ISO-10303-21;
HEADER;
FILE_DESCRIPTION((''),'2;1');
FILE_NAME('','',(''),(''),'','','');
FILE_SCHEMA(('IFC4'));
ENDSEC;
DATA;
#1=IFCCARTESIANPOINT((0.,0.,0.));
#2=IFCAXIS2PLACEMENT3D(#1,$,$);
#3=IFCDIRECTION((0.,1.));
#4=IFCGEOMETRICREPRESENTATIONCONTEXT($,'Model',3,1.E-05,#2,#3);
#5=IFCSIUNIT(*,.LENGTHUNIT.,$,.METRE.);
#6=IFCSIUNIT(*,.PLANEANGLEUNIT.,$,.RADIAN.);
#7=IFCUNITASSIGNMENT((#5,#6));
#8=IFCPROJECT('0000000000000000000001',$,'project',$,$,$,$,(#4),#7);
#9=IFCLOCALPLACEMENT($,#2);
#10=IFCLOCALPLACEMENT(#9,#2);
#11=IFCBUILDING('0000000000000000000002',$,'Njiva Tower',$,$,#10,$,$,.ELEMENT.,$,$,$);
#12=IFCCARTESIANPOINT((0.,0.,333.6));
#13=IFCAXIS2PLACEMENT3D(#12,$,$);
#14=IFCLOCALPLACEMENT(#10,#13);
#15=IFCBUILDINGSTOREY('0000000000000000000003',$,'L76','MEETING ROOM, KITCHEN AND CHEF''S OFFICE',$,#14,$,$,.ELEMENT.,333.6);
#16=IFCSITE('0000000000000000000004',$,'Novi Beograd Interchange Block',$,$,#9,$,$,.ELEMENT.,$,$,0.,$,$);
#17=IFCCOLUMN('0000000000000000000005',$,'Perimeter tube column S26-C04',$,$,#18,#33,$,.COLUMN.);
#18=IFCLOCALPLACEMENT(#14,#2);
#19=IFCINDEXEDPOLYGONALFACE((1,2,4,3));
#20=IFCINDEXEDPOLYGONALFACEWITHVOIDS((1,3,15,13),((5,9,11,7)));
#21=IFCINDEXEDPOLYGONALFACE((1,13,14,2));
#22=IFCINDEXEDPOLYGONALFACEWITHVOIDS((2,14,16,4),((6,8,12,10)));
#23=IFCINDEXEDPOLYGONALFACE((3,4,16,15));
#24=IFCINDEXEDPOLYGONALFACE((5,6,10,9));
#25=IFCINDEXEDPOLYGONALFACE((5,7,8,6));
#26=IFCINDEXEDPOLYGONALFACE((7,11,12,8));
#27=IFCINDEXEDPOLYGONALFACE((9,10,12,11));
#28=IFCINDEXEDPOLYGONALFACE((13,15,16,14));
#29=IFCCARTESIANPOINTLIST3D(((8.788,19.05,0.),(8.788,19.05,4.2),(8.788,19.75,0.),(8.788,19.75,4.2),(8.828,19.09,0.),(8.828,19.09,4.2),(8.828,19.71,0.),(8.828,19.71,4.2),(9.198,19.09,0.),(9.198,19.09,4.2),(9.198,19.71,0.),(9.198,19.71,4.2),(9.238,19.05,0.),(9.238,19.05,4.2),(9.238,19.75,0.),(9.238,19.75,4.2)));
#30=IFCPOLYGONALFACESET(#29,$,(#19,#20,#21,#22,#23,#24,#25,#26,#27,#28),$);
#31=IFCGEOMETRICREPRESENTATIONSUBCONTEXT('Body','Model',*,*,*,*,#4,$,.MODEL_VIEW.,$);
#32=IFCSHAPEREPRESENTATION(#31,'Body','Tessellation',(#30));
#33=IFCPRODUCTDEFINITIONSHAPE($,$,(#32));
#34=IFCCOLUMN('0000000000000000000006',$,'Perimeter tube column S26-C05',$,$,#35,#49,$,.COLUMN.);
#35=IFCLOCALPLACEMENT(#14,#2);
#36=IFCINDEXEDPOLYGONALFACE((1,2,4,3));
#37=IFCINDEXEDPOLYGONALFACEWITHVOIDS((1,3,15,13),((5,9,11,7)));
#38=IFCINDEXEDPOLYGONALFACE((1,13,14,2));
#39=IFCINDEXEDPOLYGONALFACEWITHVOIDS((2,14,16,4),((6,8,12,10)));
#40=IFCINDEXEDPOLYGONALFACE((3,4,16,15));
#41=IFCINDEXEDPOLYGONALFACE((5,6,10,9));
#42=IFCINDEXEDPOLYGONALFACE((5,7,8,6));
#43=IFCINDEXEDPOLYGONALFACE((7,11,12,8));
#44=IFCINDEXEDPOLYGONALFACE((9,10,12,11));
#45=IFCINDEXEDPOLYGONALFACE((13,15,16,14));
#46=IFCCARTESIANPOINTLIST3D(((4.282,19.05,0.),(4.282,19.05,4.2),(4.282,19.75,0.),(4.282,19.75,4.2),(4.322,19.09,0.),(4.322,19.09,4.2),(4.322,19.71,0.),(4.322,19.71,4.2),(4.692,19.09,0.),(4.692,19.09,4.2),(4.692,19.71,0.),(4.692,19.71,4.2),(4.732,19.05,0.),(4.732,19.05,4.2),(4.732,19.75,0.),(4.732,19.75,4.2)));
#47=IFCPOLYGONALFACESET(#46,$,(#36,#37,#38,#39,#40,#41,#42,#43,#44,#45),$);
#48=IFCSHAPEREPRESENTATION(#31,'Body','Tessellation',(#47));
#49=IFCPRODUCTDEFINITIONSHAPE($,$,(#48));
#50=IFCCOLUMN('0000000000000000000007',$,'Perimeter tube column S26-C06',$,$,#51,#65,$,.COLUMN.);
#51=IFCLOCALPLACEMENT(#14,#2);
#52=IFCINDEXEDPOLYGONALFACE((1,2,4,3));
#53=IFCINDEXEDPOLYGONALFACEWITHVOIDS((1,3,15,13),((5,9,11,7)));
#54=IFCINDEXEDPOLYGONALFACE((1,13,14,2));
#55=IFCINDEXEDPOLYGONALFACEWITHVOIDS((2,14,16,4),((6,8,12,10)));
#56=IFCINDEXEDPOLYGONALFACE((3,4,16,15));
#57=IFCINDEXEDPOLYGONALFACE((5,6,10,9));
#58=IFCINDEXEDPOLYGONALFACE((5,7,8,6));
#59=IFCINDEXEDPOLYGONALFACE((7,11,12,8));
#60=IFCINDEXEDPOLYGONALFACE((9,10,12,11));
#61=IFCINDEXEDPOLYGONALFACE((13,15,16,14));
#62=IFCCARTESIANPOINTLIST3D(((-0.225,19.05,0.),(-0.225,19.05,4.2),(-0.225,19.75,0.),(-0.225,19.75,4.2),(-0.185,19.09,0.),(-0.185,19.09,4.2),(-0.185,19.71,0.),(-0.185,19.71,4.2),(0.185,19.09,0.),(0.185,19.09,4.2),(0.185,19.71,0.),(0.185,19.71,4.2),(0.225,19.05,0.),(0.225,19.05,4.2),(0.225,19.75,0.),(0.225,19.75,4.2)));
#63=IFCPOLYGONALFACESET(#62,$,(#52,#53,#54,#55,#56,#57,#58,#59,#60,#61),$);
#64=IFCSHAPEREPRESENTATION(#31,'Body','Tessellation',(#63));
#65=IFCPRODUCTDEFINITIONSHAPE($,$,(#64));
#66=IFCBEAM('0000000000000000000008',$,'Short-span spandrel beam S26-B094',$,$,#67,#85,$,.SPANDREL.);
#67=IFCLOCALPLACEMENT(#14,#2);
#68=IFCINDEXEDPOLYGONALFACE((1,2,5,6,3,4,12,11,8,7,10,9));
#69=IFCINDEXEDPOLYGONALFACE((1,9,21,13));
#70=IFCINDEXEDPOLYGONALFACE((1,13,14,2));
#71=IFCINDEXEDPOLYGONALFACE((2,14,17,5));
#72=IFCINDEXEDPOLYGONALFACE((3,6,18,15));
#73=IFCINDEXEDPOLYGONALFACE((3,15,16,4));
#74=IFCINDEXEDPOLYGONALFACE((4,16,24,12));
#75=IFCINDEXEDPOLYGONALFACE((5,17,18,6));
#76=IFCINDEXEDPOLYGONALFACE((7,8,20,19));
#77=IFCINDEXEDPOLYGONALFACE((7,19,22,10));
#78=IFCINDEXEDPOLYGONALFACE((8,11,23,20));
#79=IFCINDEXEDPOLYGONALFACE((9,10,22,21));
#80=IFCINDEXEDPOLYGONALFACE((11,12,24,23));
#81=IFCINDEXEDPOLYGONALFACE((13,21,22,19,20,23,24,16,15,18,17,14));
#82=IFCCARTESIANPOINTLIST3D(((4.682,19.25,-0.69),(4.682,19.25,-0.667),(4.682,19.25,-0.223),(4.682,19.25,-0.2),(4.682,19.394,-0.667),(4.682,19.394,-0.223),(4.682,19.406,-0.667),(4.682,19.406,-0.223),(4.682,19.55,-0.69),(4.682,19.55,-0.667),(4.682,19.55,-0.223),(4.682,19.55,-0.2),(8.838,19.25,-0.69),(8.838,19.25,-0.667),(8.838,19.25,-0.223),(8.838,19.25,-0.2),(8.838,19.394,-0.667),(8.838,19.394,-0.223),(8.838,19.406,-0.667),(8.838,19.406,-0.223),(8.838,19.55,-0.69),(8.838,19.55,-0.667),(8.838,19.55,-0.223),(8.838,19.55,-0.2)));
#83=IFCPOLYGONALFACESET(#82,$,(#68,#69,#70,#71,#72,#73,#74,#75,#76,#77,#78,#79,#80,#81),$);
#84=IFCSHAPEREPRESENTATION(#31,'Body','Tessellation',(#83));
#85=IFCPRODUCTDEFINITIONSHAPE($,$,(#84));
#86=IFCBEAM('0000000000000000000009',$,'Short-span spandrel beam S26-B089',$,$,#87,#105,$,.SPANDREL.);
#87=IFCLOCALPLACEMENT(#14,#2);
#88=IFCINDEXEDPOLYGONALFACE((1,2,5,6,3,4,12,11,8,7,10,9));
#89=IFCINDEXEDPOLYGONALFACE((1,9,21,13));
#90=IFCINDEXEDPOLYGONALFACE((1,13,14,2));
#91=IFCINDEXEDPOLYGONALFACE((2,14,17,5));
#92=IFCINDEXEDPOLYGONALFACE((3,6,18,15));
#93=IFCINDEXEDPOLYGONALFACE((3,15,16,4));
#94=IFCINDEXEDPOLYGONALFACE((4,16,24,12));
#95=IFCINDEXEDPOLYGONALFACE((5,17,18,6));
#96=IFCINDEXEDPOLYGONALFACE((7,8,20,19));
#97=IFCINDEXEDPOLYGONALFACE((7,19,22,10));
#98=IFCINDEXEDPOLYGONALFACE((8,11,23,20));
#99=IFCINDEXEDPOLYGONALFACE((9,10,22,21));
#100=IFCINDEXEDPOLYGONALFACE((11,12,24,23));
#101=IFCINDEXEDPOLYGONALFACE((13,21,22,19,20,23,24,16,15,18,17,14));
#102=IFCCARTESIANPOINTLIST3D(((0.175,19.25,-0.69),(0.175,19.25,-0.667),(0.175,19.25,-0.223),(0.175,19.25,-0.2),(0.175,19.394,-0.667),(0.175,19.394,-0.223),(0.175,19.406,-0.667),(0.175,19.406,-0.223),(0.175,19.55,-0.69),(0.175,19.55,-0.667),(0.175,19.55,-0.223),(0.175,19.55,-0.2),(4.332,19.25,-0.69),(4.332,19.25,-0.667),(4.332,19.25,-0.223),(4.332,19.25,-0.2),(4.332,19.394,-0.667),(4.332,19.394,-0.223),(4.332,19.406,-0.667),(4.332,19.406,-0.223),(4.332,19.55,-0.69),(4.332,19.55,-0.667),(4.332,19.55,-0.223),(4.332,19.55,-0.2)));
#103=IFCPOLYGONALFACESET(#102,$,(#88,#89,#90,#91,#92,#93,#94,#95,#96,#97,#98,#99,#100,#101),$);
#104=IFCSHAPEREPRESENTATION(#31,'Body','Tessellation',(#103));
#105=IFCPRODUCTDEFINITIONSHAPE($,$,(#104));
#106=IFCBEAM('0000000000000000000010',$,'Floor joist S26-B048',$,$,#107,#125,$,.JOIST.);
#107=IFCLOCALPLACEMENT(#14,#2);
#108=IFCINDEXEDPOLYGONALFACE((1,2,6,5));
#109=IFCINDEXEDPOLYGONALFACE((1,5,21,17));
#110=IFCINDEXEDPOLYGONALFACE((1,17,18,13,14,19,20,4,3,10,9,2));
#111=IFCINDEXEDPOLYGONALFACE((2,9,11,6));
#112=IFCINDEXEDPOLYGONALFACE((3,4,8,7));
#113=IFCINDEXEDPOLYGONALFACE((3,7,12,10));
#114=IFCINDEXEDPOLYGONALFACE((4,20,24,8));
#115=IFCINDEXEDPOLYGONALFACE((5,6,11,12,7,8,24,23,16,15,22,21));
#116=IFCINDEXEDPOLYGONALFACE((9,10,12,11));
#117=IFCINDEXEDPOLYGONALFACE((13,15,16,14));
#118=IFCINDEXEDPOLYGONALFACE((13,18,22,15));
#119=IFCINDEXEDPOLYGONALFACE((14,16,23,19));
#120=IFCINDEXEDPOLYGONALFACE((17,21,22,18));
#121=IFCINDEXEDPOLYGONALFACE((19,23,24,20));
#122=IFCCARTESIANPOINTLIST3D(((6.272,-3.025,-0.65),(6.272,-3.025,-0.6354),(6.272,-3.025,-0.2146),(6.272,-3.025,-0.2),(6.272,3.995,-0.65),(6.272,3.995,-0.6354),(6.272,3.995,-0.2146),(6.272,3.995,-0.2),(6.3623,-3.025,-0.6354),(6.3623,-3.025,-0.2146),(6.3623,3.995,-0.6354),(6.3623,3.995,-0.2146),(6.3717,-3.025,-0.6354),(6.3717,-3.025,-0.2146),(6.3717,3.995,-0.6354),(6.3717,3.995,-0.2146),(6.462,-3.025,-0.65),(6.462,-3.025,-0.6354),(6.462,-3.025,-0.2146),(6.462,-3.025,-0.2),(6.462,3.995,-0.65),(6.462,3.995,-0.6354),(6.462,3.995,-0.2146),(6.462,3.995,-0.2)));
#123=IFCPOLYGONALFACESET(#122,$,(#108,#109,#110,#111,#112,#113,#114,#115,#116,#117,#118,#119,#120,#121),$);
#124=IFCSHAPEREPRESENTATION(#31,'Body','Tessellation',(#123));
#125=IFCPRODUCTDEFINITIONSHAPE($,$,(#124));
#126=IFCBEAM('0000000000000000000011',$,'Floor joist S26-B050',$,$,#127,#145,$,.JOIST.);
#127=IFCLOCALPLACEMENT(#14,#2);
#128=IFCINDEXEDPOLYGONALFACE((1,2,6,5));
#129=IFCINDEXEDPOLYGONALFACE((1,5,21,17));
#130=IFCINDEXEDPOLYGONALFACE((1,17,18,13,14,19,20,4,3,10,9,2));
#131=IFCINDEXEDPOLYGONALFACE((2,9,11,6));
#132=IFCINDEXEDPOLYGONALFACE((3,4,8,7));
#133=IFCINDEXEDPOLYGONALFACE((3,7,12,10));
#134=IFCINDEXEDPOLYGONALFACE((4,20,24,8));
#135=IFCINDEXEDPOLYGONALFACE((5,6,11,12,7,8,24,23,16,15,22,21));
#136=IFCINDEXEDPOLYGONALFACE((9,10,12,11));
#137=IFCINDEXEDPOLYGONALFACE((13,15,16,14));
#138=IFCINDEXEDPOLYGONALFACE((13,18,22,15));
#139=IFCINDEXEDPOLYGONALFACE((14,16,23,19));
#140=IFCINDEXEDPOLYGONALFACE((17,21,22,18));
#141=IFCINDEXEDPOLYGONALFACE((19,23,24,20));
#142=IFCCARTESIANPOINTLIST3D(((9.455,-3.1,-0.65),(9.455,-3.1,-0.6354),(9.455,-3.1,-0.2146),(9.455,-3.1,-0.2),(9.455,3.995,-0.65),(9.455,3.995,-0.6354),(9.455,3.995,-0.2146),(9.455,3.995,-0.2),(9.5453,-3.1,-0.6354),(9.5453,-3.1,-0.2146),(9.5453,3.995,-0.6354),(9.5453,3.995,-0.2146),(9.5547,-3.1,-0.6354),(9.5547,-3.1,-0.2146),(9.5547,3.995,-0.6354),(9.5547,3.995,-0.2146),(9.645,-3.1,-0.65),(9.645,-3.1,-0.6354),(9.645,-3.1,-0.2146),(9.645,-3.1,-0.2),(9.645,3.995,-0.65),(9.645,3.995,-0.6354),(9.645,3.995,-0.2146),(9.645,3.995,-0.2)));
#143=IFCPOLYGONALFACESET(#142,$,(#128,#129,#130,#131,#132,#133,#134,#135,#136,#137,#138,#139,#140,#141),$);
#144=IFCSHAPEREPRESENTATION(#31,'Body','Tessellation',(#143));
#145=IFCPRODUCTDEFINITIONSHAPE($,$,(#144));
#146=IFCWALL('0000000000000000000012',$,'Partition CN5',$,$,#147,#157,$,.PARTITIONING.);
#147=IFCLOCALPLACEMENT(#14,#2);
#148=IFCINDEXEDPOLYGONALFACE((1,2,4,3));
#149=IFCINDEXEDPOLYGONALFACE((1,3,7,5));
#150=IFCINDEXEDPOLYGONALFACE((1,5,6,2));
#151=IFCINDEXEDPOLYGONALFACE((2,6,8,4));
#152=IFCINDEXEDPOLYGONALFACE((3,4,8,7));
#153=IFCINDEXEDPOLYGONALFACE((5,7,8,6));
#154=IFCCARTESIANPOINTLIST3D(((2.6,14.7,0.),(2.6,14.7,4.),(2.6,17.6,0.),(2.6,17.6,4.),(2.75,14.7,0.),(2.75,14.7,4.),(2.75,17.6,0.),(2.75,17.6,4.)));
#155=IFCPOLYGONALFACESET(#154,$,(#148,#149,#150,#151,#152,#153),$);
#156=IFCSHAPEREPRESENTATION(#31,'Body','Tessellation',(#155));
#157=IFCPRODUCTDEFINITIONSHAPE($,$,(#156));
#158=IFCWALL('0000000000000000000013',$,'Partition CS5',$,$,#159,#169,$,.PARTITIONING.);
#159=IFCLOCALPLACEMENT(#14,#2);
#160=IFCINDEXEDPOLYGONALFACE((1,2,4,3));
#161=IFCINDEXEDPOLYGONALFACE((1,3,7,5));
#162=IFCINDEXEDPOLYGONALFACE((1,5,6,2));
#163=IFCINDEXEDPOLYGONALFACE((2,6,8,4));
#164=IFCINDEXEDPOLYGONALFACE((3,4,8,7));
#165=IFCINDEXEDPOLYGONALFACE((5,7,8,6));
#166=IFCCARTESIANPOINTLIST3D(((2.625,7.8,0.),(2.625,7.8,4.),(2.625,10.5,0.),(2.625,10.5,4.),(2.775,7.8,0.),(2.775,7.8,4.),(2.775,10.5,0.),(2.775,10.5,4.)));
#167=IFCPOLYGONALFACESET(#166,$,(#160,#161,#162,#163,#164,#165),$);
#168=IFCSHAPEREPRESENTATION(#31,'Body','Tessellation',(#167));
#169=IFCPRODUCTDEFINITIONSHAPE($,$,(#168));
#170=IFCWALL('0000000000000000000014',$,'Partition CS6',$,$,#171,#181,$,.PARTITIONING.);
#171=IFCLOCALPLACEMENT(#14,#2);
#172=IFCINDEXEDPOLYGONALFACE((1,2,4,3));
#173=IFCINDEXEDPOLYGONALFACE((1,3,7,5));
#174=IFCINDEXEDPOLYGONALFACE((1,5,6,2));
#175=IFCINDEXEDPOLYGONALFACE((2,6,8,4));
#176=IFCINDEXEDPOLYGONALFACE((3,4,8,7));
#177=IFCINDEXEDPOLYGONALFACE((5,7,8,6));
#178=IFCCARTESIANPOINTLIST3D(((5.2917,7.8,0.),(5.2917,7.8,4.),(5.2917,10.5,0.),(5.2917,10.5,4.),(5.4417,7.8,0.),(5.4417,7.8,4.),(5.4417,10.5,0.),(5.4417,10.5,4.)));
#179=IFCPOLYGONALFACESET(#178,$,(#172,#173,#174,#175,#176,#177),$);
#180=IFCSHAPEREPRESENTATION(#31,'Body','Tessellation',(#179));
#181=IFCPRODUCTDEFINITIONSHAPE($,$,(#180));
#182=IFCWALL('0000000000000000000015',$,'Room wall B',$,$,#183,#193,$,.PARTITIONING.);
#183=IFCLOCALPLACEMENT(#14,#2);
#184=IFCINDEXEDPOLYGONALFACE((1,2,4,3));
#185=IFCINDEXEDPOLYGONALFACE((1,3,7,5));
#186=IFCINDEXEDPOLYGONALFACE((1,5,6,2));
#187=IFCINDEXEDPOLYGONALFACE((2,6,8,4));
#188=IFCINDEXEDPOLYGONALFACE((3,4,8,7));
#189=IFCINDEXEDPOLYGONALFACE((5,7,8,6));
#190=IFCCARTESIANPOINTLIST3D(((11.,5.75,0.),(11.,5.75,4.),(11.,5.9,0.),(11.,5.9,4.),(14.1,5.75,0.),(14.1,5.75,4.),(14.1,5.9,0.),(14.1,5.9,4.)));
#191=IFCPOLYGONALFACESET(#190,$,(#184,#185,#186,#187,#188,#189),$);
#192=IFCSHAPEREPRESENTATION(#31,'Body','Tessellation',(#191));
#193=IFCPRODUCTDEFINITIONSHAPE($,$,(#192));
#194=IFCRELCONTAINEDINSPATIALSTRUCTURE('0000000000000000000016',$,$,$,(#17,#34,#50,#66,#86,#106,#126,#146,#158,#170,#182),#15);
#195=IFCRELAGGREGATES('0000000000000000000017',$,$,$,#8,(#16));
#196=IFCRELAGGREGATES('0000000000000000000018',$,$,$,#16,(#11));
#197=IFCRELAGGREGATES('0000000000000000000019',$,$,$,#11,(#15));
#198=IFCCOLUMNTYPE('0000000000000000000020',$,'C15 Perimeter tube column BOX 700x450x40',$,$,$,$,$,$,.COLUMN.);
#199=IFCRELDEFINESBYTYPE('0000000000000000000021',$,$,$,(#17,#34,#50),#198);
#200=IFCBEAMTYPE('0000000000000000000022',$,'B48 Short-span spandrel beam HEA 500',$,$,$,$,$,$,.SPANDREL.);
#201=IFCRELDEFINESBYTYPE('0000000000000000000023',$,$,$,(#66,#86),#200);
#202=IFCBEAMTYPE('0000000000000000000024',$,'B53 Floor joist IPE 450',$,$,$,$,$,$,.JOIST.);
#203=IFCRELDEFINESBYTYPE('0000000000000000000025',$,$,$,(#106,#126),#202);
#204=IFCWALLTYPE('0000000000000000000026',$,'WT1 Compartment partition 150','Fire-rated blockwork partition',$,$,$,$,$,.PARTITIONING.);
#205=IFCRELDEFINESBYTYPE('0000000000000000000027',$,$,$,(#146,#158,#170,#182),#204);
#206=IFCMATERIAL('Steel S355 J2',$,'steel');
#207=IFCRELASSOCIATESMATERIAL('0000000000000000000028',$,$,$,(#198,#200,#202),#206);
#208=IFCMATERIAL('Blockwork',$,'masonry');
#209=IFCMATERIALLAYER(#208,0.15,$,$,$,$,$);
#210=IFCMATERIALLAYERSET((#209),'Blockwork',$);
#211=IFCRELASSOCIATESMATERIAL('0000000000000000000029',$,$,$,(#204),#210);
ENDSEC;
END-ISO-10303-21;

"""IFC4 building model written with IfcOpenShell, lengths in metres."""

from ifc_helpers import new_model, si_unit, direction, frame, frame_2d, origin, origin_2d, place, context, subcontext, project, spatial, rectangle, hollow_rectangle, i_section, extrude, material, layer, layer_set, material_profile, profile_set, type_object, element, save


model = new_model("IFC4")

# Units and contexts
model_context = context("Model", 3, precision=1e-05, world=origin(), true_north=direction((0.0, 1.0)))
body_context = subcontext(model_context, "Body", "Model", "MODEL_VIEW")
ifc_project = project(units=[si_unit("LENGTHUNIT", "METRE"), si_unit("PLANEANGLEUNIT", "RADIAN")], contexts=[model_context])

# Site, building, storey
site_placement = place(None, origin())
site = spatial("IfcSite", under=ifc_project, at=site_placement, Name="Novi Beograd Interchange Block", CompositionType="ELEMENT", RefElevation=0.0)
building_placement = place(site_placement, origin())
building = spatial("IfcBuilding", under=site, at=building_placement, Name="Njiva Tower", CompositionType="ELEMENT")
storey_placement = place(building_placement, frame((0.0, 0.0, 333.6)))
storey = spatial("IfcBuildingStorey", under=building, at=storey_placement, Name="L76", Description="MEETING ROOM, KITCHEN AND CHEF'S OFFICE", CompositionType="ELEMENT", Elevation=333.6)

# Columns
ifc_material_1 = material(Name="Steel S355 J2", Category="steel")
ifc_material_profile_1 = material_profile(ifc_material_1, hollow_rectangle(XDim=0.45, YDim=0.7, WallThickness=0.04, at=origin_2d()), Name="BOX 700x450x40")
ifc_profile_set_1 = profile_set([ifc_material_profile_1], Name="Steel S355 J2")
column_type = type_object("IfcColumnType", Name="C15 Perimeter tube column BOX 700x450x40", PredefinedType="COLUMN", material=ifc_profile_set_1)
for number, where, z_axis, x_axis, name in (
    (1, (9.013, 19.4, 0.0), (0.0, 0.0, 1.0), (-1.0, 0.0, 0.0), "Perimeter tube column S26-C04"),
    (2, (4.507, 19.4, 0.0), (0.0, 0.0, 1.0), (-1.0, 0.0, 0.0), "Perimeter tube column S26-C05"),
    (3, (0.0, 19.4, 0.0), (0.0, 0.0, 1.0), (-1.0, 0.0, 0.0), "Perimeter tube column S26-C06"),
):
    element("IfcColumn", number, at=place(storey_placement, frame(where, z_axis=z_axis, x_axis=x_axis)), inside=storey, type_object=column_type, Name=name, PredefinedType="COLUMN", context=body_context, shape_type="SweptSolid", body=[
        extrude(hollow_rectangle(XDim=0.45, YDim=0.7, WallThickness=0.04, at=origin_2d()), origin(), (0.0, 0.0, 1.0), 4.2),
    ])

# Beams
ifc_material_profile_2 = material_profile(ifc_material_1, i_section(OverallWidth=0.3, OverallDepth=0.49, WebThickness=0.012, FlangeThickness=0.023, at=origin_2d()), Name="HEA 500")
ifc_profile_set_2 = profile_set([ifc_material_profile_2], Name="Steel S355 J2")
beam_type_1 = type_object("IfcBeamType", Name="B48 Short-span spandrel beam HEA 500", PredefinedType="SPANDREL", material=ifc_profile_set_2)
beam_1_placement = place(storey_placement, frame((8.838, 19.4, -0.445), z_axis=(-1.0, 0.0, 0.0), x_axis=(0.0, -1.0, 0.0)))
element("IfcBeam", 4, at=beam_1_placement, inside=storey, type_object=beam_type_1, Name="Short-span spandrel beam S26-B094", PredefinedType="SPANDREL", context=body_context, shape_type="SweptSolid", body=[
    extrude(i_section(OverallWidth=0.3, OverallDepth=0.49, WebThickness=0.012, FlangeThickness=0.023, at=origin_2d()), origin(), (0.0, 0.0, 1.0), 4.156),
])
beam_2_placement = place(storey_placement, frame((4.332, 19.4, -0.445), z_axis=(-1.0, 0.0, 0.0), x_axis=(0.0, -1.0, 0.0)))
element("IfcBeam", 5, at=beam_2_placement, inside=storey, type_object=beam_type_1, Name="Short-span spandrel beam S26-B089", PredefinedType="SPANDREL", context=body_context, shape_type="SweptSolid", body=[
    extrude(i_section(OverallWidth=0.3, OverallDepth=0.49, WebThickness=0.012, FlangeThickness=0.023, at=origin_2d()), origin(), (0.0, 0.0, 1.0), 4.157),
])
ifc_material_profile_3 = material_profile(ifc_material_1, i_section(OverallWidth=0.19, OverallDepth=0.45, WebThickness=0.0094, FlangeThickness=0.0146, at=origin_2d()), Name="IPE 450")
ifc_profile_set_3 = profile_set([ifc_material_profile_3], Name="Steel S355 J2")
beam_type_2 = type_object("IfcBeamType", Name="B53 Floor joist IPE 450", PredefinedType="JOIST", material=ifc_profile_set_3)
beam_3_placement = place(storey_placement, frame((6.367, 3.995, -0.425), z_axis=(0.0, -1.0, 0.0), x_axis=(1.0, 0.0, 0.0)))
element("IfcBeam", 6, at=beam_3_placement, inside=storey, type_object=beam_type_2, Name="Floor joist S26-B048", PredefinedType="JOIST", context=body_context, shape_type="SweptSolid", body=[
    extrude(i_section(OverallWidth=0.19, OverallDepth=0.45, WebThickness=0.0094, FlangeThickness=0.0146, at=origin_2d()), origin(), (0.0, 0.0, 1.0), 7.02),
])
beam_4_placement = place(storey_placement, frame((9.55, 3.995, -0.425), z_axis=(0.0, -1.0, 0.0), x_axis=(1.0, 0.0, 0.0)))
element("IfcBeam", 7, at=beam_4_placement, inside=storey, type_object=beam_type_2, Name="Floor joist S26-B050", PredefinedType="JOIST", context=body_context, shape_type="SweptSolid", body=[
    extrude(i_section(OverallWidth=0.19, OverallDepth=0.45, WebThickness=0.0094, FlangeThickness=0.0146, at=origin_2d()), origin(), (0.0, 0.0, 1.0), 7.095),
])

# Walls
ifc_material_2 = material(Name="Blockwork", Category="masonry")
ifc_layer_1 = layer(ifc_material_2, 0.15)
ifc_layer_set_1 = layer_set([ifc_layer_1], Name="Blockwork")
wall_type_1 = type_object("IfcWallType", Name="WT1 Compartment partition 150", Description="Fire-rated blockwork partition", PredefinedType="PARTITIONING", material=ifc_layer_set_1)
wall_1_placement = place(storey_placement, frame((2.675, 14.7, 0.0), z_axis=(0.0, 0.0, 1.0), x_axis=(0.0, 1.0, 0.0)))
element("IfcWall", 8, at=wall_1_placement, inside=storey, type_object=wall_type_1, Name="Partition CN5", PredefinedType="PARTITIONING", context=body_context, shape_type="SweptSolid", body=[
    extrude(rectangle(XDim=2.9, YDim=0.15, at=frame_2d((1.45, 0.0))), origin(), (0.0, 0.0, 1.0), 4.0),
])
for number, where, z_axis, x_axis, name in (
    (9, (2.7, 7.8, 0.0), (0.0, 0.0, 1.0), (0.0, 1.0, 0.0), "Partition CS5"),
    (10, (5.3667, 7.8, 0.0), (0.0, 0.0, 1.0), (0.0, 1.0, 0.0), "Partition CS6"),
):
    element("IfcWall", number, at=place(storey_placement, frame(where, z_axis=z_axis, x_axis=x_axis)), inside=storey, type_object=wall_type_1, Name=name, PredefinedType="PARTITIONING", context=body_context, shape_type="SweptSolid", body=[
        extrude(rectangle(XDim=2.7, YDim=0.15, at=frame_2d((1.35, 0.0))), origin(), (0.0, 0.0, 1.0), 4.0),
    ])
wall_2_placement = place(storey_placement, frame((11.0, 5.825, 0.0), z_axis=(0.0, 0.0, 1.0), x_axis=(1.0, 0.0, 0.0)))
element("IfcWall", 11, at=wall_2_placement, inside=storey, type_object=wall_type_1, Name="Room wall B", PredefinedType="PARTITIONING", context=body_context, shape_type="SweptSolid", body=[
    extrude(rectangle(XDim=3.1, YDim=0.15, at=frame_2d((1.55, 0.0))), origin(), (0.0, 0.0, 1.0), 4.0),
])

save(model, "model.ifc")
